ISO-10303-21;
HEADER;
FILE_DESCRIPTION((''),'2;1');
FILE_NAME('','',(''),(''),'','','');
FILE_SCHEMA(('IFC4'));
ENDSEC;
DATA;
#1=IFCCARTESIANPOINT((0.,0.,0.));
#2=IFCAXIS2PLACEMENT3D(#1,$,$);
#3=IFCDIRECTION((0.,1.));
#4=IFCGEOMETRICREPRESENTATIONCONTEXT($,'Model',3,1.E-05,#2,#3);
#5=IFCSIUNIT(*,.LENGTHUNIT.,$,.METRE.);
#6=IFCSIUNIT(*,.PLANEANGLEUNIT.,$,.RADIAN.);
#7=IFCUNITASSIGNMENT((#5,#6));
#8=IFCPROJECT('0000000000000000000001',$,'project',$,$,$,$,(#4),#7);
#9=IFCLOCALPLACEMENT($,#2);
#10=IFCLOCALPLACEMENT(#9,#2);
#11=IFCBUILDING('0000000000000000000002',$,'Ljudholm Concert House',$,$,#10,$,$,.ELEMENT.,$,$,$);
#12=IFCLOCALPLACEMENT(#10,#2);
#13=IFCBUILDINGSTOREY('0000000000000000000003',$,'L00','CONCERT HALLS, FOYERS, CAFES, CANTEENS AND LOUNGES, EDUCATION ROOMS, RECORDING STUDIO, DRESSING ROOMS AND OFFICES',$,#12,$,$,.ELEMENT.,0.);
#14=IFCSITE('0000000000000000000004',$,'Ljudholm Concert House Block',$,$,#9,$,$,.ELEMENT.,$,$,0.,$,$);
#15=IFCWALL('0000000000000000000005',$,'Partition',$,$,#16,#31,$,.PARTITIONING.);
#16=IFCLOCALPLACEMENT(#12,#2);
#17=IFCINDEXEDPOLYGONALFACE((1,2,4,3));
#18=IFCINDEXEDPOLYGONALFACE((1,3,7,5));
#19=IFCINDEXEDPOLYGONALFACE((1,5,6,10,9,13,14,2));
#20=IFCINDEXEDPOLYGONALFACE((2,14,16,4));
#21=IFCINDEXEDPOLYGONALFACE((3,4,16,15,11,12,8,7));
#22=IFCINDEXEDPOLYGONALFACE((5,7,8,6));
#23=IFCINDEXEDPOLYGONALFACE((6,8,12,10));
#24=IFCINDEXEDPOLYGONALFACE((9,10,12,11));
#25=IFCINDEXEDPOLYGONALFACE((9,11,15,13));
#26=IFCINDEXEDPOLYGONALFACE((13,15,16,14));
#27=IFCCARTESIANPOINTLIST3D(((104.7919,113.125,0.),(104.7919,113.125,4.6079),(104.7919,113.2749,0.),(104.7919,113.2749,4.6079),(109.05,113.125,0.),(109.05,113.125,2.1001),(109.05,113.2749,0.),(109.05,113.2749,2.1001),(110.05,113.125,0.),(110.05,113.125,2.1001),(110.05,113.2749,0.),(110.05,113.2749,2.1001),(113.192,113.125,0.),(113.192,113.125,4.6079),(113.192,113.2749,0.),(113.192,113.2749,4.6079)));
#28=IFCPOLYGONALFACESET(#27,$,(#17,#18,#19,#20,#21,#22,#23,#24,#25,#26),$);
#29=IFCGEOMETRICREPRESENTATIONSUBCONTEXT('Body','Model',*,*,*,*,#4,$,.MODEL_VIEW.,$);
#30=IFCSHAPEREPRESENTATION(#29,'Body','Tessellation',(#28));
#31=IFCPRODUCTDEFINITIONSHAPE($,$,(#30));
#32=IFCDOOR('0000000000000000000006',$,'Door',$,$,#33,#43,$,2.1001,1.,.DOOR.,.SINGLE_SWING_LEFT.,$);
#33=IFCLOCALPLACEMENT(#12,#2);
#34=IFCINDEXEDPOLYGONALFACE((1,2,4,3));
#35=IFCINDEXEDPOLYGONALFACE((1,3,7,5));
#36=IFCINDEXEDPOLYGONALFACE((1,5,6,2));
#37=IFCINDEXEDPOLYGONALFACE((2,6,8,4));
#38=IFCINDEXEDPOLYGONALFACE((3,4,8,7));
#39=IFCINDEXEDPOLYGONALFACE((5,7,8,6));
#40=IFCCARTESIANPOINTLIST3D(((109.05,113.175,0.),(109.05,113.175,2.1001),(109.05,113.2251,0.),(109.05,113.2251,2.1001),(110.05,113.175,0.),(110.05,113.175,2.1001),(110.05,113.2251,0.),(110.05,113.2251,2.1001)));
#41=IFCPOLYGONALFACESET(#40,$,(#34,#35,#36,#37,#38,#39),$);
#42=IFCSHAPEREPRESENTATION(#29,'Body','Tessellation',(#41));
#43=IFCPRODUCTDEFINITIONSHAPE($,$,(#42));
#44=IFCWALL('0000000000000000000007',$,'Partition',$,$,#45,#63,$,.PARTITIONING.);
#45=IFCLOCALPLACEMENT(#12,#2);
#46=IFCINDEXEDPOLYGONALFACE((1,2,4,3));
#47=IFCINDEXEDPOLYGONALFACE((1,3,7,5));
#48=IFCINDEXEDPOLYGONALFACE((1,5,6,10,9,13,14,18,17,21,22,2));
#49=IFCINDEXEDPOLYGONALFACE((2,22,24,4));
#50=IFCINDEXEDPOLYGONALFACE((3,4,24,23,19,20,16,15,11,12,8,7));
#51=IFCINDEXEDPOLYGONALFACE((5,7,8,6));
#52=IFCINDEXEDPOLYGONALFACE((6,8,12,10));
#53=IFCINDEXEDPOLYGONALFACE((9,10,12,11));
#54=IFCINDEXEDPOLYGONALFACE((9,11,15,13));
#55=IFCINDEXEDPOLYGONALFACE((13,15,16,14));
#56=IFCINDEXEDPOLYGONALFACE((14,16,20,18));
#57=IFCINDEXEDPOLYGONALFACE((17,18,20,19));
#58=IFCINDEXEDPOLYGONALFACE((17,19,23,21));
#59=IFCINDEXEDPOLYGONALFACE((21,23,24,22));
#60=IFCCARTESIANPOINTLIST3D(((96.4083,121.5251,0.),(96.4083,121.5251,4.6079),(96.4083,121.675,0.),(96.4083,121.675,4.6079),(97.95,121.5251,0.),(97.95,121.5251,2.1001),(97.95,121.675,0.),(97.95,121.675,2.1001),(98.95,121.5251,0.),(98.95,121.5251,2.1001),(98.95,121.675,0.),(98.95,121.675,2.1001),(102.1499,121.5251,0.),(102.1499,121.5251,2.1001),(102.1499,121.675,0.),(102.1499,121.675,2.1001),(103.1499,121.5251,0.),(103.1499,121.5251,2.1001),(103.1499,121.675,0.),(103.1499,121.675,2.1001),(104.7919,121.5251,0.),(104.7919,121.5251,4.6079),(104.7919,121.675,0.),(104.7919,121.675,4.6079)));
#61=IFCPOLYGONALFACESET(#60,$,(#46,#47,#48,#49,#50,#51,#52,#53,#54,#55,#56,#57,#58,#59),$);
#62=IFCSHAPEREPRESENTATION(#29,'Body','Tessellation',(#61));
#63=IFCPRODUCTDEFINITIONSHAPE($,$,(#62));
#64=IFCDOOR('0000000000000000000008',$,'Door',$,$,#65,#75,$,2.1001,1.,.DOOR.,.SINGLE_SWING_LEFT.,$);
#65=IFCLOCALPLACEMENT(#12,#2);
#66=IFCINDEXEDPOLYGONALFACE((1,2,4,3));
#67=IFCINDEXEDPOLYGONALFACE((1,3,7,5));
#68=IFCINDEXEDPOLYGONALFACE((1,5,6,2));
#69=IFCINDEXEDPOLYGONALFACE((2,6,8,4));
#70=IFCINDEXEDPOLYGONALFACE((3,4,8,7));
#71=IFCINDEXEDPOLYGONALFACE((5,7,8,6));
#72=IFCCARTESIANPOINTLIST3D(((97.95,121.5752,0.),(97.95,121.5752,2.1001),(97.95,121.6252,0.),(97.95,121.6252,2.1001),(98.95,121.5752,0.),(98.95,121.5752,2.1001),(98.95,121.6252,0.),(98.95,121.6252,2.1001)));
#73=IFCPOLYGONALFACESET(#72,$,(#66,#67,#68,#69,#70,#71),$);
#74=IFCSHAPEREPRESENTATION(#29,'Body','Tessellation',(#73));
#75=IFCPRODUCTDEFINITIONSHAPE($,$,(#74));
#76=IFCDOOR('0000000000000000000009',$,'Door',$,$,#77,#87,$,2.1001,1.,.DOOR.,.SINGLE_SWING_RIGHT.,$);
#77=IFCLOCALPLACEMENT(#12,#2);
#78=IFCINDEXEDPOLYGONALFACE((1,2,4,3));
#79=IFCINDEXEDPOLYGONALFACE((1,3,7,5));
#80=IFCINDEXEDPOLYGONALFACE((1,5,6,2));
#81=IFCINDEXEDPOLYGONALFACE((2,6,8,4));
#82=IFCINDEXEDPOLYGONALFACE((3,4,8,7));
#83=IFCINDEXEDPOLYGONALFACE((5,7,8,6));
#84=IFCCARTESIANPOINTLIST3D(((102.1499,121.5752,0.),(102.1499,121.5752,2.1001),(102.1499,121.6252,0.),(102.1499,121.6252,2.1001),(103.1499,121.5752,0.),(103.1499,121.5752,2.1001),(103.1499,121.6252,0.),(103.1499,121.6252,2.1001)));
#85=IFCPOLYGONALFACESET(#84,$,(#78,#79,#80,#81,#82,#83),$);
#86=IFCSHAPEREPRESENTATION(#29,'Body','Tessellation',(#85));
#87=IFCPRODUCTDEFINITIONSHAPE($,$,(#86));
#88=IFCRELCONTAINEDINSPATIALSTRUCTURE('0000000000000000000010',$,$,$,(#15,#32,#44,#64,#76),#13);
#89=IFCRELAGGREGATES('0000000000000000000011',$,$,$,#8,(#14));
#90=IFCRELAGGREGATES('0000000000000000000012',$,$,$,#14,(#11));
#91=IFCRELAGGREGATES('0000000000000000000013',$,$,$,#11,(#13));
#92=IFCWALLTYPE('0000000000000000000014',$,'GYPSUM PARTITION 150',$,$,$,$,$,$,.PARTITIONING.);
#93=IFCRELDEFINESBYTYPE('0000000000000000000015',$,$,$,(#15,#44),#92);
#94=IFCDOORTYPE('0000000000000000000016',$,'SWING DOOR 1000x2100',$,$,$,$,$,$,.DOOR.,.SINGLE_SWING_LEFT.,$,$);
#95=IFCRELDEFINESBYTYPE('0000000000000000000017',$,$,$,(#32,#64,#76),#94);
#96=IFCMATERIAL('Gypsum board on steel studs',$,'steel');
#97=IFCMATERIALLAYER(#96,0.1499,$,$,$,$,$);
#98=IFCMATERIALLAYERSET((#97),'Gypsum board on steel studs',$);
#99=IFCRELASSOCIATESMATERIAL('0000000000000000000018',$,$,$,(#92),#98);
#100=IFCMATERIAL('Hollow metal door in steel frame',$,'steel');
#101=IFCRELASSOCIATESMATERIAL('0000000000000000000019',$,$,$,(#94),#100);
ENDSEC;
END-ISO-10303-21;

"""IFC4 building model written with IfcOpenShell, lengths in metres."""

from ifc_helpers import new_model, si_unit, direction, frame, frame_2d, origin, place, context, subcontext, project, spatial, rectangle, extrude, material, layer, layer_set, type_object, element, fill, save


model = new_model("IFC4")

# Units and contexts
model_context = context("Model", 3, precision=1e-05, world=origin(), true_north=direction((0.0, 1.0)))
body_context = subcontext(model_context, "Body", "Model", "MODEL_VIEW")
ifc_project = project(units=[si_unit("LENGTHUNIT", "METRE"), si_unit("PLANEANGLEUNIT", "RADIAN")], contexts=[model_context])

# Site, building, storey
site_placement = place(None, origin())
site = spatial("IfcSite", under=ifc_project, at=site_placement, Name="Ljudholm Concert House Block", CompositionType="ELEMENT", RefElevation=0.0)
building_placement = place(site_placement, origin())
building = spatial("IfcBuilding", under=site, at=building_placement, Name="Ljudholm Concert House", CompositionType="ELEMENT")
storey_placement = place(building_placement, origin())
storey = spatial("IfcBuildingStorey", under=building, at=storey_placement, Name="L00", Description="CONCERT HALLS, FOYERS, CAFES, CANTEENS AND LOUNGES, EDUCATION ROOMS, RECORDING STUDIO, DRESSING ROOMS AND OFFICES", CompositionType="ELEMENT", Elevation=0.0)

# Shared definitions
ifc_material_1 = material(Name="Gypsum board on steel studs", Category="steel")
ifc_layer = layer(ifc_material_1, 0.1499)
ifc_layer_set = layer_set([ifc_layer], Name="Gypsum board on steel studs")
wall_type = type_object("IfcWallType", Name="GYPSUM PARTITION 150", PredefinedType="PARTITIONING", material=ifc_layer_set)

# Wall, opening, door
wall_1_placement = place(storey_placement, frame((104.7917, 113.2, 0.0), z_axis=(0.0, 0.0, 1.0), x_axis=(1.0, 0.0, 0.0)))
wall_1 = element("IfcWall", 1, at=wall_1_placement, inside=storey, type_object=wall_type, Name="Partition", PredefinedType="PARTITIONING", context=body_context, shape_type="SweptSolid", body=[
    extrude(rectangle(XDim=8.4001, YDim=0.1499, at=frame_2d((4.2002, 0.0))), origin(), (0.0, 0.0, 1.0), 4.6079),
])
opening_1_placement = place(wall_1_placement, frame((4.2583, 0.0, 0.0)))
opening_1 = element("IfcOpeningElement", 2, at=opening_1_placement, cuts=wall_1, PredefinedType="OPENING", context=body_context, shape_type="SweptSolid", body=[
    extrude(rectangle(XDim=1.0, YDim=2.1001, at=frame_2d((0.5, 1.05))), frame((0.0, 0.085, 0.0), z_axis=(0.0, -1.0, 0.0), x_axis=(1.0, 0.0, 0.0)), (0.0, 0.0, 1.0), 0.1699),
])
ifc_material_2 = material(Name="Hollow metal door in steel frame", Category="steel")
door_type = type_object("IfcDoorType", Name="SWING DOOR 1000x2100", OperationType="SINGLE_SWING_LEFT", PredefinedType="DOOR", material=ifc_material_2)
door_1_placement = place(opening_1_placement, frame((1.0, 0.0, 0.0), z_axis=(0.0, 0.0, 1.0), x_axis=(-1.0, 0.0, 0.0)))
door_1 = element("IfcDoor", 3, at=door_1_placement, inside=storey, type_object=door_type, Name="Door", OperationType="SINGLE_SWING_LEFT", OverallHeight=2.1001, OverallWidth=1.0, PredefinedType="DOOR", context=body_context, shape_type="SweptSolid", body=[
    extrude(rectangle(XDim=1.0, YDim=2.1001, at=frame_2d((0.5, 1.05))), frame((0.0, 0.0249, 0.0), z_axis=(0.0, -1.0, 0.0), x_axis=(1.0, 0.0, 0.0)), (0.0, 0.0, 1.0), 0.05),
])
fill(opening_1, door_1)

# Wall, openings, doors
wall_2_placement = place(storey_placement, frame((96.4082, 121.6001, 0.0), z_axis=(0.0, 0.0, 1.0), x_axis=(1.0, 0.0, 0.0)))
wall_2 = element("IfcWall", 4, at=wall_2_placement, inside=storey, type_object=wall_type, Name="Partition", PredefinedType="PARTITIONING", context=body_context, shape_type="SweptSolid", body=[
    extrude(rectangle(XDim=8.3835, YDim=0.1499, at=frame_2d((4.1919, 0.0))), origin(), (0.0, 0.0, 1.0), 4.6079),
])
opening_2_placement = place(wall_2_placement, frame((1.5417, 0.0, 0.0)))
opening_2 = element("IfcOpeningElement", 5, at=opening_2_placement, cuts=wall_2, PredefinedType="OPENING", context=body_context, shape_type="SweptSolid", body=[
    extrude(rectangle(XDim=1.0, YDim=2.1001, at=frame_2d((0.5, 1.05))), frame((0.0, 0.085, 0.0), z_axis=(0.0, -1.0, 0.0), x_axis=(1.0, 0.0, 0.0)), (0.0, 0.0, 1.0), 0.1699),
])
opening_3_placement = place(wall_2_placement, frame((5.7417, 0.0, 0.0)))
opening_3 = element("IfcOpeningElement", 6, at=opening_3_placement, cuts=wall_2, PredefinedType="OPENING", context=body_context, shape_type="SweptSolid", body=[
    extrude(rectangle(XDim=1.0, YDim=2.1001, at=frame_2d((0.5, 1.05))), frame((0.0, 0.085, 0.0), z_axis=(0.0, -1.0, 0.0), x_axis=(1.0, 0.0, 0.0)), (0.0, 0.0, 1.0), 0.1699),
])
door_2_placement = place(opening_2_placement, frame((1.0, 0.0, 0.0), z_axis=(0.0, 0.0, 1.0), x_axis=(-1.0, 0.0, 0.0)))
door_2 = element("IfcDoor", 7, at=door_2_placement, inside=storey, type_object=door_type, Name="Door", OperationType="SINGLE_SWING_LEFT", OverallHeight=2.1001, OverallWidth=1.0, PredefinedType="DOOR", context=body_context, shape_type="SweptSolid", body=[
    extrude(rectangle(XDim=1.0, YDim=2.1001, at=frame_2d((0.5, 1.05))), frame((0.0, 0.0249, 0.0), z_axis=(0.0, -1.0, 0.0), x_axis=(1.0, 0.0, 0.0)), (0.0, 0.0, 1.0), 0.05),
])
fill(opening_2, door_2)
door_3_placement = place(opening_3_placement, frame((1.0, 0.0, 0.0), z_axis=(0.0, 0.0, 1.0), x_axis=(-1.0, 0.0, 0.0)))
door_3 = element("IfcDoor", 8, at=door_3_placement, inside=storey, type_object=door_type, Name="Door", OperationType="SINGLE_SWING_RIGHT", OverallHeight=2.1001, OverallWidth=1.0, PredefinedType="DOOR", context=body_context, shape_type="SweptSolid", body=[
    extrude(rectangle(XDim=1.0, YDim=2.1001, at=frame_2d((0.5, 1.05))), frame((0.0, 0.0249, 0.0), z_axis=(0.0, -1.0, 0.0), x_axis=(1.0, 0.0, 0.0)), (0.0, 0.0, 1.0), 0.05),
])
fill(opening_3, door_3)

save(model, "model.ifc")
